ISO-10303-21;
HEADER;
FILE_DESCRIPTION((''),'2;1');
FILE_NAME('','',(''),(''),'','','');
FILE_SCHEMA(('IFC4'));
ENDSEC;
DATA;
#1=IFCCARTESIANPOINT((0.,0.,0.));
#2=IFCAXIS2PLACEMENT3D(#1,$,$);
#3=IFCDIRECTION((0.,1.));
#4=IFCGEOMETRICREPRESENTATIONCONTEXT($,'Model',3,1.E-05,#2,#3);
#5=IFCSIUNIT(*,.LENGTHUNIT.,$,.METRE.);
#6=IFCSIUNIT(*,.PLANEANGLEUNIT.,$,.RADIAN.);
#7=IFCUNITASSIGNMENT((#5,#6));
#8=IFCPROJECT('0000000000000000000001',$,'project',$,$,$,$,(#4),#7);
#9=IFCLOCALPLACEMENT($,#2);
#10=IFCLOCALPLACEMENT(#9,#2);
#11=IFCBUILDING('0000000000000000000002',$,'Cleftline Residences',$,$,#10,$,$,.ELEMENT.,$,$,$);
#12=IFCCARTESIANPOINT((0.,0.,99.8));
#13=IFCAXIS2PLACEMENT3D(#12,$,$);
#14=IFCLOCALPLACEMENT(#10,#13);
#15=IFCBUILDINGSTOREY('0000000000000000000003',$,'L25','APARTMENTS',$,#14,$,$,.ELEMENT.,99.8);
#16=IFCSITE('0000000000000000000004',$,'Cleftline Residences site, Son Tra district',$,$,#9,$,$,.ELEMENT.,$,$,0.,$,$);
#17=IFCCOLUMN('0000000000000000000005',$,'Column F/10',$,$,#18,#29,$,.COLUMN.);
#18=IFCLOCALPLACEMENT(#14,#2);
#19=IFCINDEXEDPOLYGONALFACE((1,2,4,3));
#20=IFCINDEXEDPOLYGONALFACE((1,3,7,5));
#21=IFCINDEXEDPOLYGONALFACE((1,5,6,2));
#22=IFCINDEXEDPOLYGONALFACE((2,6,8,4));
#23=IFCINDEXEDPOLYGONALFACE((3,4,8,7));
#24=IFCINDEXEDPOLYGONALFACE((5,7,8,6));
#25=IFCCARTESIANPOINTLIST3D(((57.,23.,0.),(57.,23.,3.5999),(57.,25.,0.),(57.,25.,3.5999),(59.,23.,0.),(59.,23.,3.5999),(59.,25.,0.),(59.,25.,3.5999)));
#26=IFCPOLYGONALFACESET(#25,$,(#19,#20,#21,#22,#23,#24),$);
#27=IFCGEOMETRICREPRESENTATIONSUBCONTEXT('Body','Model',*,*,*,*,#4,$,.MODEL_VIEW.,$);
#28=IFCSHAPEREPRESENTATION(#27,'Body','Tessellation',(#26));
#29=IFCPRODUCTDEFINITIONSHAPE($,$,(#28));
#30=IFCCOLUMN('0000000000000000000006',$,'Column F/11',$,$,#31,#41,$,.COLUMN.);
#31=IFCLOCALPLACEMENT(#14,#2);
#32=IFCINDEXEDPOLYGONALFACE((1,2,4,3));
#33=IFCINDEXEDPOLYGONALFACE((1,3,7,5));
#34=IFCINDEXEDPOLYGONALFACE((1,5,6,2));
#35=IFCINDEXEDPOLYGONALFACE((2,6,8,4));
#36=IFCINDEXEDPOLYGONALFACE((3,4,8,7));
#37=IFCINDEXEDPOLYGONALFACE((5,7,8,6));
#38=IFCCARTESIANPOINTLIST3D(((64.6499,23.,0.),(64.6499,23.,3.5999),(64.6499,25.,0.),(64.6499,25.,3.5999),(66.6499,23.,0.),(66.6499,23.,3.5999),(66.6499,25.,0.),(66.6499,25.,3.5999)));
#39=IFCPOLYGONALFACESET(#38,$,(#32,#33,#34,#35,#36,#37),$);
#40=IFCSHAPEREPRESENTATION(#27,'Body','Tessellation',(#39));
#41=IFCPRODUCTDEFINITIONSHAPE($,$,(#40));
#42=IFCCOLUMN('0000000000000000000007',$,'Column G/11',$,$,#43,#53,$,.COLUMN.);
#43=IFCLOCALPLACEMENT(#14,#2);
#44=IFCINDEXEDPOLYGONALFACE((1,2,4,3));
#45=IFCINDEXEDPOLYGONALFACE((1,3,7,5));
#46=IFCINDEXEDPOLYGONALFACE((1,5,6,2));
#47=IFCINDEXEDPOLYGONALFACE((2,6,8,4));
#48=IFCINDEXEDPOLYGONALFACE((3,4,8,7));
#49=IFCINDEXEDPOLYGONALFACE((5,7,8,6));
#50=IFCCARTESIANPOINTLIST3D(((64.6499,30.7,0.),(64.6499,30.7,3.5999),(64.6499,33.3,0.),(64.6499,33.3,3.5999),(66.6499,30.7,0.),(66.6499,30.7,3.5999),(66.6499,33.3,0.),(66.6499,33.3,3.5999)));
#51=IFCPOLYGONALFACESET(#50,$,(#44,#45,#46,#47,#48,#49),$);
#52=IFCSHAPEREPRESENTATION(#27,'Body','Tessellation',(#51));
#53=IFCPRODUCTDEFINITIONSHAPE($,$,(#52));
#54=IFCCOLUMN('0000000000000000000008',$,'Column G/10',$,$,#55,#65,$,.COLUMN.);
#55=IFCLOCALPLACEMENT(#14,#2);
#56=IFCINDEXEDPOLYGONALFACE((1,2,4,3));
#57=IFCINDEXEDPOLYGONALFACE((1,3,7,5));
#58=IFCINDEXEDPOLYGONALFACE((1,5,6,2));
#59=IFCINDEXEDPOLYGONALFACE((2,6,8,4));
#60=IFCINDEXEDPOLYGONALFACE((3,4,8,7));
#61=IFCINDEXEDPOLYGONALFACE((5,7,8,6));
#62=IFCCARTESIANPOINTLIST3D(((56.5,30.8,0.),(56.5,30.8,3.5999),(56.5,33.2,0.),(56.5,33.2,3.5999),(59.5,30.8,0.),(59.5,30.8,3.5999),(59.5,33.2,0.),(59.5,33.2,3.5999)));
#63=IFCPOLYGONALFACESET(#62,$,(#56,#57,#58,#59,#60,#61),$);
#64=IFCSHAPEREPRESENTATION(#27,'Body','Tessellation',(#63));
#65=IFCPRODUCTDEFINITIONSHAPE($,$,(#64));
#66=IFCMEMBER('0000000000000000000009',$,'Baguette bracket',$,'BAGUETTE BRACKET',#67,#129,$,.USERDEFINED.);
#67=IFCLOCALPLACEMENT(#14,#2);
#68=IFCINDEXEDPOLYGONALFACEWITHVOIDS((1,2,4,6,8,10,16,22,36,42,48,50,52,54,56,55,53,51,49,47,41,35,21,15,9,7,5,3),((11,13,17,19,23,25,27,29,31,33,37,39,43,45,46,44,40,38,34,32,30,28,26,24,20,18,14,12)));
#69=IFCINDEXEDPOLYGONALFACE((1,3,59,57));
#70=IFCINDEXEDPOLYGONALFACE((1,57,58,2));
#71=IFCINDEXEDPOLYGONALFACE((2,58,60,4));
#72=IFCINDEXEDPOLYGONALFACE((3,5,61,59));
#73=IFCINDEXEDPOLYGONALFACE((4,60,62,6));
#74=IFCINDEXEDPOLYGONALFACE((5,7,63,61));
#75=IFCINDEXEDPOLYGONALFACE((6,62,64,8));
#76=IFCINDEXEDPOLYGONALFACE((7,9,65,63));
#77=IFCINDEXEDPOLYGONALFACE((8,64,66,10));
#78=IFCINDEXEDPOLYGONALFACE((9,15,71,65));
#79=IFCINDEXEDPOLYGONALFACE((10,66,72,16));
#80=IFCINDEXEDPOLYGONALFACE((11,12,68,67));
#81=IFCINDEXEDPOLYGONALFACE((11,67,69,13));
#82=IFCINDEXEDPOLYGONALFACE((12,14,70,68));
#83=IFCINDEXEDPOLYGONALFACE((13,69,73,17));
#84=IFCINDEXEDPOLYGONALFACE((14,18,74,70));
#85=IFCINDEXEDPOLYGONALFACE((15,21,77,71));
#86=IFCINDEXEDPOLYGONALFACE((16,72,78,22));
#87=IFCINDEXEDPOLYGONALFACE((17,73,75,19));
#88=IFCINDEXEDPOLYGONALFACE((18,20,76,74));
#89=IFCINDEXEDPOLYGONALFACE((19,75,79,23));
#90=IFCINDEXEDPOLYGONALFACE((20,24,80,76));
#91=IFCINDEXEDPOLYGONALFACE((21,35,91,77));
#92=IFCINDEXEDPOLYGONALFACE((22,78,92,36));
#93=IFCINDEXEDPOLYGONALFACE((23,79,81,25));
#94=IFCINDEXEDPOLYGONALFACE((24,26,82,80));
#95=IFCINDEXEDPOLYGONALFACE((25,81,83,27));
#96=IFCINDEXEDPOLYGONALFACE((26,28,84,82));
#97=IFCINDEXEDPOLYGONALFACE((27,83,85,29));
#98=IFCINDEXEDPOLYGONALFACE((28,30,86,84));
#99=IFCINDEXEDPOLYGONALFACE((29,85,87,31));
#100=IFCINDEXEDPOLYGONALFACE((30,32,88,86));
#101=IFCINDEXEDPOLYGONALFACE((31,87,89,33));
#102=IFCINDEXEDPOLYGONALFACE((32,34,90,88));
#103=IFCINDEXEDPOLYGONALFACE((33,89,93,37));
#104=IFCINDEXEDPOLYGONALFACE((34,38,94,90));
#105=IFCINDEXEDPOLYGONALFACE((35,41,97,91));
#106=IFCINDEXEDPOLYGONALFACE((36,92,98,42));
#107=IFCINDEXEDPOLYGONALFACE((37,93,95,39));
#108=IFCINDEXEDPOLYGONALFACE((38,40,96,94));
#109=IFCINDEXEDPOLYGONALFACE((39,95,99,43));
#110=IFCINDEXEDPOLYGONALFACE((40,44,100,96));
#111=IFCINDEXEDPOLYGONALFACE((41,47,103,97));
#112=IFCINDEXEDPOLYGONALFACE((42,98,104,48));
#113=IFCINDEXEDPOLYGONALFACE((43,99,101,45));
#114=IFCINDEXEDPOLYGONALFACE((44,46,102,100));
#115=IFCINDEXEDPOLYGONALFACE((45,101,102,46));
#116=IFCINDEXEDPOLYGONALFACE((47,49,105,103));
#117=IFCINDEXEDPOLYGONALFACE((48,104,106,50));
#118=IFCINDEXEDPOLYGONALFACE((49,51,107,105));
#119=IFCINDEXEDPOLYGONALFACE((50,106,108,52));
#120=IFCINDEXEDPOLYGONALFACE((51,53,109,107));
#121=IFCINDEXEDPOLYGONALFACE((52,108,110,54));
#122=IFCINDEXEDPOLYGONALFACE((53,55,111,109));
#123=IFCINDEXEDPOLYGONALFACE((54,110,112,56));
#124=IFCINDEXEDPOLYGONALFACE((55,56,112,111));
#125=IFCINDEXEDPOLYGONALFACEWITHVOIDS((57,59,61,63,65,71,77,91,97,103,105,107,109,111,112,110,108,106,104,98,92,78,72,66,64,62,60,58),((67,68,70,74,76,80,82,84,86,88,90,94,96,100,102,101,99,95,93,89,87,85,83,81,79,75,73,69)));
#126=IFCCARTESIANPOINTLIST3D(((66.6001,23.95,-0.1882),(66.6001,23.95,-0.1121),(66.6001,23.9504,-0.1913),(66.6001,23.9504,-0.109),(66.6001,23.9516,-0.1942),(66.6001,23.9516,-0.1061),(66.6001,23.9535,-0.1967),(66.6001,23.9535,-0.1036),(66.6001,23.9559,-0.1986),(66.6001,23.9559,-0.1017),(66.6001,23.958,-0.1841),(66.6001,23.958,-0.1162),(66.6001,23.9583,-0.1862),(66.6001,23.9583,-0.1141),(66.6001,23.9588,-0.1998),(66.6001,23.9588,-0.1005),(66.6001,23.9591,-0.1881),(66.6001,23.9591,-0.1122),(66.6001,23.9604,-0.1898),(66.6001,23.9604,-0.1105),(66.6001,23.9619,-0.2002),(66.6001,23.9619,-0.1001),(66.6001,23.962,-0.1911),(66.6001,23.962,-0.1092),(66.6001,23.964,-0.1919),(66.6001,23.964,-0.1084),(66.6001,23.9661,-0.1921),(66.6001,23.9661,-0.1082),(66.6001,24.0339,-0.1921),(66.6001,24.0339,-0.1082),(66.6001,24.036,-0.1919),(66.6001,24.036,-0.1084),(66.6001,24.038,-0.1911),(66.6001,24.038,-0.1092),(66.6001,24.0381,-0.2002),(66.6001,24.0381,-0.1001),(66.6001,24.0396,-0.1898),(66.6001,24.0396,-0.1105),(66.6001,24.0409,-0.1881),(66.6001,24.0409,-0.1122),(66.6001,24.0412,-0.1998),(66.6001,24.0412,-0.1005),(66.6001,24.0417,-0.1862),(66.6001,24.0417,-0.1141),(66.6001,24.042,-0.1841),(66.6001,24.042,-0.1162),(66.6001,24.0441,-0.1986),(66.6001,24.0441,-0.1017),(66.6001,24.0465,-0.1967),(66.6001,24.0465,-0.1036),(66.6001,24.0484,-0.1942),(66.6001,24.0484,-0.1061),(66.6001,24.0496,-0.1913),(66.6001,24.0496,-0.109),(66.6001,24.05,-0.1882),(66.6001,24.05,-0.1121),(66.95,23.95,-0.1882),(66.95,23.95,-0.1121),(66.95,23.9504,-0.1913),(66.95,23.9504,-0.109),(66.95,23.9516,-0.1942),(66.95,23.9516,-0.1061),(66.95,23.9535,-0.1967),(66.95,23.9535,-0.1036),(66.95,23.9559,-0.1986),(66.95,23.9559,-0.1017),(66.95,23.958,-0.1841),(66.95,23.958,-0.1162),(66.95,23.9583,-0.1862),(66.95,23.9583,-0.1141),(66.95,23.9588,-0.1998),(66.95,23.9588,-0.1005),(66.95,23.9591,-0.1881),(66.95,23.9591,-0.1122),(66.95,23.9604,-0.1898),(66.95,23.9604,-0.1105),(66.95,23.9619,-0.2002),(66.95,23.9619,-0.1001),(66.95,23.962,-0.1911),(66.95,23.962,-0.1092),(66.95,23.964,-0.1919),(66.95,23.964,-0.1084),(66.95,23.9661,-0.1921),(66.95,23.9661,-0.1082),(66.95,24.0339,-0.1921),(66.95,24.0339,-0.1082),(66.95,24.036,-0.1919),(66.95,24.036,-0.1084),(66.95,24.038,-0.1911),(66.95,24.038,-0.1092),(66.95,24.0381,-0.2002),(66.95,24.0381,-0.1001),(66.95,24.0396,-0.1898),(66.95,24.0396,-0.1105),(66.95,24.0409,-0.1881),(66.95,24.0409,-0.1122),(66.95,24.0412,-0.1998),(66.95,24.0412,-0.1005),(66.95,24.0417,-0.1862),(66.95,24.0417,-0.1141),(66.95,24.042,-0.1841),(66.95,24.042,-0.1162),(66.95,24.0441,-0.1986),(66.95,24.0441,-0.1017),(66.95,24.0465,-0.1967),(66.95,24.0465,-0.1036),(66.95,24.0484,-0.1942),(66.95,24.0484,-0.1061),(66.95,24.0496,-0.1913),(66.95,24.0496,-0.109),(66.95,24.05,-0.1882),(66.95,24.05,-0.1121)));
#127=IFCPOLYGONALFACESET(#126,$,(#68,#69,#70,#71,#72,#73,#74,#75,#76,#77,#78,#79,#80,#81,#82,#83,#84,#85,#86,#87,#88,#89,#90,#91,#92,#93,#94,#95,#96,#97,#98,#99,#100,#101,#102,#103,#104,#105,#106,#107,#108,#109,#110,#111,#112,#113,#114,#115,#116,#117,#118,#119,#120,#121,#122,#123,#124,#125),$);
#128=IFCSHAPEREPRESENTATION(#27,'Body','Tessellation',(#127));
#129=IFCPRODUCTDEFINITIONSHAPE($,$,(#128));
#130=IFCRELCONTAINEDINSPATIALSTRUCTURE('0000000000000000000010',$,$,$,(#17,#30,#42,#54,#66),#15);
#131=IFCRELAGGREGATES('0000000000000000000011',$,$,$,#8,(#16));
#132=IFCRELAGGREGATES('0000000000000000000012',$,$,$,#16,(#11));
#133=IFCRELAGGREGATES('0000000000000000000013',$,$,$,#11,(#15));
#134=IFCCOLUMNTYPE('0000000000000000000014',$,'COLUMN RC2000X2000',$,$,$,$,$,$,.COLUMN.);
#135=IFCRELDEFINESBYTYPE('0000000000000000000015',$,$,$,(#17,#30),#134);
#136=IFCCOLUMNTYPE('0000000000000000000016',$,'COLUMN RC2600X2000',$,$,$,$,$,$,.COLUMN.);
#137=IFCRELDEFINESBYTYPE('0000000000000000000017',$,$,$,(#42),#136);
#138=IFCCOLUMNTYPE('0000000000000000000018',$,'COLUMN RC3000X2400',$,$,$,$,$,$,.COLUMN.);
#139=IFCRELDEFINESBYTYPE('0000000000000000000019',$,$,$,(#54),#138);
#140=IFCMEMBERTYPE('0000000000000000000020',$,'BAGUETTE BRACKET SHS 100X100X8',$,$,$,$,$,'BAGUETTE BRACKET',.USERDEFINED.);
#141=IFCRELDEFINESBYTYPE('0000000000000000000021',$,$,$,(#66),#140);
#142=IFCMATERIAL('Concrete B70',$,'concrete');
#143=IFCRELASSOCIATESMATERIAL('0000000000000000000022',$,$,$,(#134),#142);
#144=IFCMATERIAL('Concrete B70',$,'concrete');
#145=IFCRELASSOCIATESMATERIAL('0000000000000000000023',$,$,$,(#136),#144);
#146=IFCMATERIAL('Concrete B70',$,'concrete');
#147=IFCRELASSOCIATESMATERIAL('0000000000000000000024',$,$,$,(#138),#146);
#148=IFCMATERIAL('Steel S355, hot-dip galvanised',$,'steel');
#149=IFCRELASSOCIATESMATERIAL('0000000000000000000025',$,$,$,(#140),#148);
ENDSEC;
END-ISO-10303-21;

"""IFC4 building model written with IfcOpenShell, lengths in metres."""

from ifc_helpers import new_model, si_unit, direction, frame, origin, origin_2d, place, context, subcontext, project, spatial, rectangle, hollow_rectangle, extrude, material, material_profile, profile_set, type_object, element, save


model = new_model("IFC4")

# Units and contexts
model_context = context("Model", 3, precision=1e-05, world=origin(), true_north=direction((0.0, 1.0)))
body_context = subcontext(model_context, "Body", "Model", "MODEL_VIEW")
ifc_project = project(units=[si_unit("LENGTHUNIT", "METRE"), si_unit("PLANEANGLEUNIT", "RADIAN")], contexts=[model_context])

# Site, building, storey
site_placement = place(None, origin())
site = spatial("IfcSite", under=ifc_project, at=site_placement, Name="Cleftline Residences site, Son Tra district", CompositionType="ELEMENT", RefElevation=0.0)
building_placement = place(site_placement, origin())
building = spatial("IfcBuilding", under=site, at=building_placement, Name="Cleftline Residences", CompositionType="ELEMENT")
storey_placement = place(building_placement, frame((0.0, 0.0, 99.8)))
storey = spatial("IfcBuildingStorey", under=building, at=storey_placement, Name="L25", Description="APARTMENTS", CompositionType="ELEMENT", Elevation=99.8)

# Columns
ifc_material_1 = material(Name="Concrete B70", Category="concrete")
ifc_material_profile_1 = material_profile(ifc_material_1, rectangle(XDim=2.0, YDim=2.0, at=origin_2d()))
ifc_profile_set_1 = profile_set([ifc_material_profile_1], Name="Concrete B70")
column_type_1 = type_object("IfcColumnType", Name="COLUMN RC2000X2000", PredefinedType="COLUMN", material=ifc_profile_set_1)
for number, where, z_axis, x_axis, name in (
    (1, (58.0, 24.0, 0.0), (0.0, 0.0, 1.0), (1.0, 0.0, 0.0), "Column F/10"),
    (2, (65.6499, 24.0, 0.0), (0.0, 0.0, 1.0), (1.0, 0.0, 0.0), "Column F/11"),
):
    element("IfcColumn", number, at=place(storey_placement, frame(where, z_axis=z_axis, x_axis=x_axis)), inside=storey, type_object=column_type_1, Name=name, PredefinedType="COLUMN", context=body_context, shape_type="SweptSolid", body=[
        extrude(rectangle(XDim=2.0, YDim=2.0, at=origin_2d()), origin(), (0.0, 0.0, 1.0), 3.5999),
    ])
ifc_material_2 = material(Name="Concrete B70", Category="concrete")
ifc_material_profile_2 = material_profile(ifc_material_2, rectangle(XDim=2.6001, YDim=2.0, at=origin_2d()))
ifc_profile_set_2 = profile_set([ifc_material_profile_2], Name="Concrete B70")
column_type_2 = type_object("IfcColumnType", Name="COLUMN RC2600X2000", PredefinedType="COLUMN", material=ifc_profile_set_2)
column_1_placement = place(storey_placement, frame((65.6499, 32.0, 0.0), z_axis=(0.0, 0.0, 1.0), x_axis=(0.0, 1.0, 0.0)))
element("IfcColumn", 3, at=column_1_placement, inside=storey, type_object=column_type_2, Name="Column G/11", PredefinedType="COLUMN", context=body_context, shape_type="SweptSolid", body=[
    extrude(rectangle(XDim=2.6001, YDim=2.0, at=origin_2d()), origin(), (0.0, 0.0, 1.0), 3.5999),
])
ifc_material_3 = material(Name="Concrete B70", Category="concrete")
ifc_material_profile_3 = material_profile(ifc_material_3, rectangle(XDim=3.0, YDim=2.3999, at=origin_2d()))
ifc_profile_set_3 = profile_set([ifc_material_profile_3], Name="Concrete B70")
column_type_3 = type_object("IfcColumnType", Name="COLUMN RC3000X2400", PredefinedType="COLUMN", material=ifc_profile_set_3)
column_2_placement = place(storey_placement, frame((58.0, 32.0, 0.0), z_axis=(0.0, 0.0, 1.0), x_axis=(1.0, 0.0, 0.0)))
element("IfcColumn", 4, at=column_2_placement, inside=storey, type_object=column_type_3, Name="Column G/10", PredefinedType="COLUMN", context=body_context, shape_type="SweptSolid", body=[
    extrude(rectangle(XDim=3.0, YDim=2.3999, at=origin_2d()), origin(), (0.0, 0.0, 1.0), 3.5999),
])

# Member
ifc_material_4 = material(Name="Steel S355, hot-dip galvanised", Category="steel")
ifc_material_profile_4 = material_profile(ifc_material_4, hollow_rectangle(XDim=0.1001, YDim=0.1001, WallThickness=0.0081, InnerFilletRadius=0.0081, OuterFilletRadius=0.012, at=origin_2d()))
ifc_profile_set_4 = profile_set([ifc_material_profile_4], Name="Steel S355, hot-dip galvanised")
member_type_1 = type_object("IfcMemberType", Name="BAGUETTE BRACKET SHS 100X100X8", ElementType="BAGUETTE BRACKET", PredefinedType="USERDEFINED", material=ifc_profile_set_4)
member_1_placement = place(storey_placement, frame((66.6001, 24.0, -0.1501), z_axis=(1.0, 0.0, 0.0), x_axis=(0.0, 1.0, 0.0)))
element("IfcMember", 5, at=member_1_placement, inside=storey, type_object=member_type_1, Name="Baguette bracket", ObjectType="BAGUETTE BRACKET", PredefinedType="USERDEFINED", context=body_context, shape_type="SweptSolid", body=[
    extrude(hollow_rectangle(XDim=0.1001, YDim=0.1001, WallThickness=0.0081, InnerFilletRadius=0.0081, OuterFilletRadius=0.012, at=origin_2d()), origin(), (0.0, 0.0, 1.0), 0.3499),
])

save(model, "model.ifc")
